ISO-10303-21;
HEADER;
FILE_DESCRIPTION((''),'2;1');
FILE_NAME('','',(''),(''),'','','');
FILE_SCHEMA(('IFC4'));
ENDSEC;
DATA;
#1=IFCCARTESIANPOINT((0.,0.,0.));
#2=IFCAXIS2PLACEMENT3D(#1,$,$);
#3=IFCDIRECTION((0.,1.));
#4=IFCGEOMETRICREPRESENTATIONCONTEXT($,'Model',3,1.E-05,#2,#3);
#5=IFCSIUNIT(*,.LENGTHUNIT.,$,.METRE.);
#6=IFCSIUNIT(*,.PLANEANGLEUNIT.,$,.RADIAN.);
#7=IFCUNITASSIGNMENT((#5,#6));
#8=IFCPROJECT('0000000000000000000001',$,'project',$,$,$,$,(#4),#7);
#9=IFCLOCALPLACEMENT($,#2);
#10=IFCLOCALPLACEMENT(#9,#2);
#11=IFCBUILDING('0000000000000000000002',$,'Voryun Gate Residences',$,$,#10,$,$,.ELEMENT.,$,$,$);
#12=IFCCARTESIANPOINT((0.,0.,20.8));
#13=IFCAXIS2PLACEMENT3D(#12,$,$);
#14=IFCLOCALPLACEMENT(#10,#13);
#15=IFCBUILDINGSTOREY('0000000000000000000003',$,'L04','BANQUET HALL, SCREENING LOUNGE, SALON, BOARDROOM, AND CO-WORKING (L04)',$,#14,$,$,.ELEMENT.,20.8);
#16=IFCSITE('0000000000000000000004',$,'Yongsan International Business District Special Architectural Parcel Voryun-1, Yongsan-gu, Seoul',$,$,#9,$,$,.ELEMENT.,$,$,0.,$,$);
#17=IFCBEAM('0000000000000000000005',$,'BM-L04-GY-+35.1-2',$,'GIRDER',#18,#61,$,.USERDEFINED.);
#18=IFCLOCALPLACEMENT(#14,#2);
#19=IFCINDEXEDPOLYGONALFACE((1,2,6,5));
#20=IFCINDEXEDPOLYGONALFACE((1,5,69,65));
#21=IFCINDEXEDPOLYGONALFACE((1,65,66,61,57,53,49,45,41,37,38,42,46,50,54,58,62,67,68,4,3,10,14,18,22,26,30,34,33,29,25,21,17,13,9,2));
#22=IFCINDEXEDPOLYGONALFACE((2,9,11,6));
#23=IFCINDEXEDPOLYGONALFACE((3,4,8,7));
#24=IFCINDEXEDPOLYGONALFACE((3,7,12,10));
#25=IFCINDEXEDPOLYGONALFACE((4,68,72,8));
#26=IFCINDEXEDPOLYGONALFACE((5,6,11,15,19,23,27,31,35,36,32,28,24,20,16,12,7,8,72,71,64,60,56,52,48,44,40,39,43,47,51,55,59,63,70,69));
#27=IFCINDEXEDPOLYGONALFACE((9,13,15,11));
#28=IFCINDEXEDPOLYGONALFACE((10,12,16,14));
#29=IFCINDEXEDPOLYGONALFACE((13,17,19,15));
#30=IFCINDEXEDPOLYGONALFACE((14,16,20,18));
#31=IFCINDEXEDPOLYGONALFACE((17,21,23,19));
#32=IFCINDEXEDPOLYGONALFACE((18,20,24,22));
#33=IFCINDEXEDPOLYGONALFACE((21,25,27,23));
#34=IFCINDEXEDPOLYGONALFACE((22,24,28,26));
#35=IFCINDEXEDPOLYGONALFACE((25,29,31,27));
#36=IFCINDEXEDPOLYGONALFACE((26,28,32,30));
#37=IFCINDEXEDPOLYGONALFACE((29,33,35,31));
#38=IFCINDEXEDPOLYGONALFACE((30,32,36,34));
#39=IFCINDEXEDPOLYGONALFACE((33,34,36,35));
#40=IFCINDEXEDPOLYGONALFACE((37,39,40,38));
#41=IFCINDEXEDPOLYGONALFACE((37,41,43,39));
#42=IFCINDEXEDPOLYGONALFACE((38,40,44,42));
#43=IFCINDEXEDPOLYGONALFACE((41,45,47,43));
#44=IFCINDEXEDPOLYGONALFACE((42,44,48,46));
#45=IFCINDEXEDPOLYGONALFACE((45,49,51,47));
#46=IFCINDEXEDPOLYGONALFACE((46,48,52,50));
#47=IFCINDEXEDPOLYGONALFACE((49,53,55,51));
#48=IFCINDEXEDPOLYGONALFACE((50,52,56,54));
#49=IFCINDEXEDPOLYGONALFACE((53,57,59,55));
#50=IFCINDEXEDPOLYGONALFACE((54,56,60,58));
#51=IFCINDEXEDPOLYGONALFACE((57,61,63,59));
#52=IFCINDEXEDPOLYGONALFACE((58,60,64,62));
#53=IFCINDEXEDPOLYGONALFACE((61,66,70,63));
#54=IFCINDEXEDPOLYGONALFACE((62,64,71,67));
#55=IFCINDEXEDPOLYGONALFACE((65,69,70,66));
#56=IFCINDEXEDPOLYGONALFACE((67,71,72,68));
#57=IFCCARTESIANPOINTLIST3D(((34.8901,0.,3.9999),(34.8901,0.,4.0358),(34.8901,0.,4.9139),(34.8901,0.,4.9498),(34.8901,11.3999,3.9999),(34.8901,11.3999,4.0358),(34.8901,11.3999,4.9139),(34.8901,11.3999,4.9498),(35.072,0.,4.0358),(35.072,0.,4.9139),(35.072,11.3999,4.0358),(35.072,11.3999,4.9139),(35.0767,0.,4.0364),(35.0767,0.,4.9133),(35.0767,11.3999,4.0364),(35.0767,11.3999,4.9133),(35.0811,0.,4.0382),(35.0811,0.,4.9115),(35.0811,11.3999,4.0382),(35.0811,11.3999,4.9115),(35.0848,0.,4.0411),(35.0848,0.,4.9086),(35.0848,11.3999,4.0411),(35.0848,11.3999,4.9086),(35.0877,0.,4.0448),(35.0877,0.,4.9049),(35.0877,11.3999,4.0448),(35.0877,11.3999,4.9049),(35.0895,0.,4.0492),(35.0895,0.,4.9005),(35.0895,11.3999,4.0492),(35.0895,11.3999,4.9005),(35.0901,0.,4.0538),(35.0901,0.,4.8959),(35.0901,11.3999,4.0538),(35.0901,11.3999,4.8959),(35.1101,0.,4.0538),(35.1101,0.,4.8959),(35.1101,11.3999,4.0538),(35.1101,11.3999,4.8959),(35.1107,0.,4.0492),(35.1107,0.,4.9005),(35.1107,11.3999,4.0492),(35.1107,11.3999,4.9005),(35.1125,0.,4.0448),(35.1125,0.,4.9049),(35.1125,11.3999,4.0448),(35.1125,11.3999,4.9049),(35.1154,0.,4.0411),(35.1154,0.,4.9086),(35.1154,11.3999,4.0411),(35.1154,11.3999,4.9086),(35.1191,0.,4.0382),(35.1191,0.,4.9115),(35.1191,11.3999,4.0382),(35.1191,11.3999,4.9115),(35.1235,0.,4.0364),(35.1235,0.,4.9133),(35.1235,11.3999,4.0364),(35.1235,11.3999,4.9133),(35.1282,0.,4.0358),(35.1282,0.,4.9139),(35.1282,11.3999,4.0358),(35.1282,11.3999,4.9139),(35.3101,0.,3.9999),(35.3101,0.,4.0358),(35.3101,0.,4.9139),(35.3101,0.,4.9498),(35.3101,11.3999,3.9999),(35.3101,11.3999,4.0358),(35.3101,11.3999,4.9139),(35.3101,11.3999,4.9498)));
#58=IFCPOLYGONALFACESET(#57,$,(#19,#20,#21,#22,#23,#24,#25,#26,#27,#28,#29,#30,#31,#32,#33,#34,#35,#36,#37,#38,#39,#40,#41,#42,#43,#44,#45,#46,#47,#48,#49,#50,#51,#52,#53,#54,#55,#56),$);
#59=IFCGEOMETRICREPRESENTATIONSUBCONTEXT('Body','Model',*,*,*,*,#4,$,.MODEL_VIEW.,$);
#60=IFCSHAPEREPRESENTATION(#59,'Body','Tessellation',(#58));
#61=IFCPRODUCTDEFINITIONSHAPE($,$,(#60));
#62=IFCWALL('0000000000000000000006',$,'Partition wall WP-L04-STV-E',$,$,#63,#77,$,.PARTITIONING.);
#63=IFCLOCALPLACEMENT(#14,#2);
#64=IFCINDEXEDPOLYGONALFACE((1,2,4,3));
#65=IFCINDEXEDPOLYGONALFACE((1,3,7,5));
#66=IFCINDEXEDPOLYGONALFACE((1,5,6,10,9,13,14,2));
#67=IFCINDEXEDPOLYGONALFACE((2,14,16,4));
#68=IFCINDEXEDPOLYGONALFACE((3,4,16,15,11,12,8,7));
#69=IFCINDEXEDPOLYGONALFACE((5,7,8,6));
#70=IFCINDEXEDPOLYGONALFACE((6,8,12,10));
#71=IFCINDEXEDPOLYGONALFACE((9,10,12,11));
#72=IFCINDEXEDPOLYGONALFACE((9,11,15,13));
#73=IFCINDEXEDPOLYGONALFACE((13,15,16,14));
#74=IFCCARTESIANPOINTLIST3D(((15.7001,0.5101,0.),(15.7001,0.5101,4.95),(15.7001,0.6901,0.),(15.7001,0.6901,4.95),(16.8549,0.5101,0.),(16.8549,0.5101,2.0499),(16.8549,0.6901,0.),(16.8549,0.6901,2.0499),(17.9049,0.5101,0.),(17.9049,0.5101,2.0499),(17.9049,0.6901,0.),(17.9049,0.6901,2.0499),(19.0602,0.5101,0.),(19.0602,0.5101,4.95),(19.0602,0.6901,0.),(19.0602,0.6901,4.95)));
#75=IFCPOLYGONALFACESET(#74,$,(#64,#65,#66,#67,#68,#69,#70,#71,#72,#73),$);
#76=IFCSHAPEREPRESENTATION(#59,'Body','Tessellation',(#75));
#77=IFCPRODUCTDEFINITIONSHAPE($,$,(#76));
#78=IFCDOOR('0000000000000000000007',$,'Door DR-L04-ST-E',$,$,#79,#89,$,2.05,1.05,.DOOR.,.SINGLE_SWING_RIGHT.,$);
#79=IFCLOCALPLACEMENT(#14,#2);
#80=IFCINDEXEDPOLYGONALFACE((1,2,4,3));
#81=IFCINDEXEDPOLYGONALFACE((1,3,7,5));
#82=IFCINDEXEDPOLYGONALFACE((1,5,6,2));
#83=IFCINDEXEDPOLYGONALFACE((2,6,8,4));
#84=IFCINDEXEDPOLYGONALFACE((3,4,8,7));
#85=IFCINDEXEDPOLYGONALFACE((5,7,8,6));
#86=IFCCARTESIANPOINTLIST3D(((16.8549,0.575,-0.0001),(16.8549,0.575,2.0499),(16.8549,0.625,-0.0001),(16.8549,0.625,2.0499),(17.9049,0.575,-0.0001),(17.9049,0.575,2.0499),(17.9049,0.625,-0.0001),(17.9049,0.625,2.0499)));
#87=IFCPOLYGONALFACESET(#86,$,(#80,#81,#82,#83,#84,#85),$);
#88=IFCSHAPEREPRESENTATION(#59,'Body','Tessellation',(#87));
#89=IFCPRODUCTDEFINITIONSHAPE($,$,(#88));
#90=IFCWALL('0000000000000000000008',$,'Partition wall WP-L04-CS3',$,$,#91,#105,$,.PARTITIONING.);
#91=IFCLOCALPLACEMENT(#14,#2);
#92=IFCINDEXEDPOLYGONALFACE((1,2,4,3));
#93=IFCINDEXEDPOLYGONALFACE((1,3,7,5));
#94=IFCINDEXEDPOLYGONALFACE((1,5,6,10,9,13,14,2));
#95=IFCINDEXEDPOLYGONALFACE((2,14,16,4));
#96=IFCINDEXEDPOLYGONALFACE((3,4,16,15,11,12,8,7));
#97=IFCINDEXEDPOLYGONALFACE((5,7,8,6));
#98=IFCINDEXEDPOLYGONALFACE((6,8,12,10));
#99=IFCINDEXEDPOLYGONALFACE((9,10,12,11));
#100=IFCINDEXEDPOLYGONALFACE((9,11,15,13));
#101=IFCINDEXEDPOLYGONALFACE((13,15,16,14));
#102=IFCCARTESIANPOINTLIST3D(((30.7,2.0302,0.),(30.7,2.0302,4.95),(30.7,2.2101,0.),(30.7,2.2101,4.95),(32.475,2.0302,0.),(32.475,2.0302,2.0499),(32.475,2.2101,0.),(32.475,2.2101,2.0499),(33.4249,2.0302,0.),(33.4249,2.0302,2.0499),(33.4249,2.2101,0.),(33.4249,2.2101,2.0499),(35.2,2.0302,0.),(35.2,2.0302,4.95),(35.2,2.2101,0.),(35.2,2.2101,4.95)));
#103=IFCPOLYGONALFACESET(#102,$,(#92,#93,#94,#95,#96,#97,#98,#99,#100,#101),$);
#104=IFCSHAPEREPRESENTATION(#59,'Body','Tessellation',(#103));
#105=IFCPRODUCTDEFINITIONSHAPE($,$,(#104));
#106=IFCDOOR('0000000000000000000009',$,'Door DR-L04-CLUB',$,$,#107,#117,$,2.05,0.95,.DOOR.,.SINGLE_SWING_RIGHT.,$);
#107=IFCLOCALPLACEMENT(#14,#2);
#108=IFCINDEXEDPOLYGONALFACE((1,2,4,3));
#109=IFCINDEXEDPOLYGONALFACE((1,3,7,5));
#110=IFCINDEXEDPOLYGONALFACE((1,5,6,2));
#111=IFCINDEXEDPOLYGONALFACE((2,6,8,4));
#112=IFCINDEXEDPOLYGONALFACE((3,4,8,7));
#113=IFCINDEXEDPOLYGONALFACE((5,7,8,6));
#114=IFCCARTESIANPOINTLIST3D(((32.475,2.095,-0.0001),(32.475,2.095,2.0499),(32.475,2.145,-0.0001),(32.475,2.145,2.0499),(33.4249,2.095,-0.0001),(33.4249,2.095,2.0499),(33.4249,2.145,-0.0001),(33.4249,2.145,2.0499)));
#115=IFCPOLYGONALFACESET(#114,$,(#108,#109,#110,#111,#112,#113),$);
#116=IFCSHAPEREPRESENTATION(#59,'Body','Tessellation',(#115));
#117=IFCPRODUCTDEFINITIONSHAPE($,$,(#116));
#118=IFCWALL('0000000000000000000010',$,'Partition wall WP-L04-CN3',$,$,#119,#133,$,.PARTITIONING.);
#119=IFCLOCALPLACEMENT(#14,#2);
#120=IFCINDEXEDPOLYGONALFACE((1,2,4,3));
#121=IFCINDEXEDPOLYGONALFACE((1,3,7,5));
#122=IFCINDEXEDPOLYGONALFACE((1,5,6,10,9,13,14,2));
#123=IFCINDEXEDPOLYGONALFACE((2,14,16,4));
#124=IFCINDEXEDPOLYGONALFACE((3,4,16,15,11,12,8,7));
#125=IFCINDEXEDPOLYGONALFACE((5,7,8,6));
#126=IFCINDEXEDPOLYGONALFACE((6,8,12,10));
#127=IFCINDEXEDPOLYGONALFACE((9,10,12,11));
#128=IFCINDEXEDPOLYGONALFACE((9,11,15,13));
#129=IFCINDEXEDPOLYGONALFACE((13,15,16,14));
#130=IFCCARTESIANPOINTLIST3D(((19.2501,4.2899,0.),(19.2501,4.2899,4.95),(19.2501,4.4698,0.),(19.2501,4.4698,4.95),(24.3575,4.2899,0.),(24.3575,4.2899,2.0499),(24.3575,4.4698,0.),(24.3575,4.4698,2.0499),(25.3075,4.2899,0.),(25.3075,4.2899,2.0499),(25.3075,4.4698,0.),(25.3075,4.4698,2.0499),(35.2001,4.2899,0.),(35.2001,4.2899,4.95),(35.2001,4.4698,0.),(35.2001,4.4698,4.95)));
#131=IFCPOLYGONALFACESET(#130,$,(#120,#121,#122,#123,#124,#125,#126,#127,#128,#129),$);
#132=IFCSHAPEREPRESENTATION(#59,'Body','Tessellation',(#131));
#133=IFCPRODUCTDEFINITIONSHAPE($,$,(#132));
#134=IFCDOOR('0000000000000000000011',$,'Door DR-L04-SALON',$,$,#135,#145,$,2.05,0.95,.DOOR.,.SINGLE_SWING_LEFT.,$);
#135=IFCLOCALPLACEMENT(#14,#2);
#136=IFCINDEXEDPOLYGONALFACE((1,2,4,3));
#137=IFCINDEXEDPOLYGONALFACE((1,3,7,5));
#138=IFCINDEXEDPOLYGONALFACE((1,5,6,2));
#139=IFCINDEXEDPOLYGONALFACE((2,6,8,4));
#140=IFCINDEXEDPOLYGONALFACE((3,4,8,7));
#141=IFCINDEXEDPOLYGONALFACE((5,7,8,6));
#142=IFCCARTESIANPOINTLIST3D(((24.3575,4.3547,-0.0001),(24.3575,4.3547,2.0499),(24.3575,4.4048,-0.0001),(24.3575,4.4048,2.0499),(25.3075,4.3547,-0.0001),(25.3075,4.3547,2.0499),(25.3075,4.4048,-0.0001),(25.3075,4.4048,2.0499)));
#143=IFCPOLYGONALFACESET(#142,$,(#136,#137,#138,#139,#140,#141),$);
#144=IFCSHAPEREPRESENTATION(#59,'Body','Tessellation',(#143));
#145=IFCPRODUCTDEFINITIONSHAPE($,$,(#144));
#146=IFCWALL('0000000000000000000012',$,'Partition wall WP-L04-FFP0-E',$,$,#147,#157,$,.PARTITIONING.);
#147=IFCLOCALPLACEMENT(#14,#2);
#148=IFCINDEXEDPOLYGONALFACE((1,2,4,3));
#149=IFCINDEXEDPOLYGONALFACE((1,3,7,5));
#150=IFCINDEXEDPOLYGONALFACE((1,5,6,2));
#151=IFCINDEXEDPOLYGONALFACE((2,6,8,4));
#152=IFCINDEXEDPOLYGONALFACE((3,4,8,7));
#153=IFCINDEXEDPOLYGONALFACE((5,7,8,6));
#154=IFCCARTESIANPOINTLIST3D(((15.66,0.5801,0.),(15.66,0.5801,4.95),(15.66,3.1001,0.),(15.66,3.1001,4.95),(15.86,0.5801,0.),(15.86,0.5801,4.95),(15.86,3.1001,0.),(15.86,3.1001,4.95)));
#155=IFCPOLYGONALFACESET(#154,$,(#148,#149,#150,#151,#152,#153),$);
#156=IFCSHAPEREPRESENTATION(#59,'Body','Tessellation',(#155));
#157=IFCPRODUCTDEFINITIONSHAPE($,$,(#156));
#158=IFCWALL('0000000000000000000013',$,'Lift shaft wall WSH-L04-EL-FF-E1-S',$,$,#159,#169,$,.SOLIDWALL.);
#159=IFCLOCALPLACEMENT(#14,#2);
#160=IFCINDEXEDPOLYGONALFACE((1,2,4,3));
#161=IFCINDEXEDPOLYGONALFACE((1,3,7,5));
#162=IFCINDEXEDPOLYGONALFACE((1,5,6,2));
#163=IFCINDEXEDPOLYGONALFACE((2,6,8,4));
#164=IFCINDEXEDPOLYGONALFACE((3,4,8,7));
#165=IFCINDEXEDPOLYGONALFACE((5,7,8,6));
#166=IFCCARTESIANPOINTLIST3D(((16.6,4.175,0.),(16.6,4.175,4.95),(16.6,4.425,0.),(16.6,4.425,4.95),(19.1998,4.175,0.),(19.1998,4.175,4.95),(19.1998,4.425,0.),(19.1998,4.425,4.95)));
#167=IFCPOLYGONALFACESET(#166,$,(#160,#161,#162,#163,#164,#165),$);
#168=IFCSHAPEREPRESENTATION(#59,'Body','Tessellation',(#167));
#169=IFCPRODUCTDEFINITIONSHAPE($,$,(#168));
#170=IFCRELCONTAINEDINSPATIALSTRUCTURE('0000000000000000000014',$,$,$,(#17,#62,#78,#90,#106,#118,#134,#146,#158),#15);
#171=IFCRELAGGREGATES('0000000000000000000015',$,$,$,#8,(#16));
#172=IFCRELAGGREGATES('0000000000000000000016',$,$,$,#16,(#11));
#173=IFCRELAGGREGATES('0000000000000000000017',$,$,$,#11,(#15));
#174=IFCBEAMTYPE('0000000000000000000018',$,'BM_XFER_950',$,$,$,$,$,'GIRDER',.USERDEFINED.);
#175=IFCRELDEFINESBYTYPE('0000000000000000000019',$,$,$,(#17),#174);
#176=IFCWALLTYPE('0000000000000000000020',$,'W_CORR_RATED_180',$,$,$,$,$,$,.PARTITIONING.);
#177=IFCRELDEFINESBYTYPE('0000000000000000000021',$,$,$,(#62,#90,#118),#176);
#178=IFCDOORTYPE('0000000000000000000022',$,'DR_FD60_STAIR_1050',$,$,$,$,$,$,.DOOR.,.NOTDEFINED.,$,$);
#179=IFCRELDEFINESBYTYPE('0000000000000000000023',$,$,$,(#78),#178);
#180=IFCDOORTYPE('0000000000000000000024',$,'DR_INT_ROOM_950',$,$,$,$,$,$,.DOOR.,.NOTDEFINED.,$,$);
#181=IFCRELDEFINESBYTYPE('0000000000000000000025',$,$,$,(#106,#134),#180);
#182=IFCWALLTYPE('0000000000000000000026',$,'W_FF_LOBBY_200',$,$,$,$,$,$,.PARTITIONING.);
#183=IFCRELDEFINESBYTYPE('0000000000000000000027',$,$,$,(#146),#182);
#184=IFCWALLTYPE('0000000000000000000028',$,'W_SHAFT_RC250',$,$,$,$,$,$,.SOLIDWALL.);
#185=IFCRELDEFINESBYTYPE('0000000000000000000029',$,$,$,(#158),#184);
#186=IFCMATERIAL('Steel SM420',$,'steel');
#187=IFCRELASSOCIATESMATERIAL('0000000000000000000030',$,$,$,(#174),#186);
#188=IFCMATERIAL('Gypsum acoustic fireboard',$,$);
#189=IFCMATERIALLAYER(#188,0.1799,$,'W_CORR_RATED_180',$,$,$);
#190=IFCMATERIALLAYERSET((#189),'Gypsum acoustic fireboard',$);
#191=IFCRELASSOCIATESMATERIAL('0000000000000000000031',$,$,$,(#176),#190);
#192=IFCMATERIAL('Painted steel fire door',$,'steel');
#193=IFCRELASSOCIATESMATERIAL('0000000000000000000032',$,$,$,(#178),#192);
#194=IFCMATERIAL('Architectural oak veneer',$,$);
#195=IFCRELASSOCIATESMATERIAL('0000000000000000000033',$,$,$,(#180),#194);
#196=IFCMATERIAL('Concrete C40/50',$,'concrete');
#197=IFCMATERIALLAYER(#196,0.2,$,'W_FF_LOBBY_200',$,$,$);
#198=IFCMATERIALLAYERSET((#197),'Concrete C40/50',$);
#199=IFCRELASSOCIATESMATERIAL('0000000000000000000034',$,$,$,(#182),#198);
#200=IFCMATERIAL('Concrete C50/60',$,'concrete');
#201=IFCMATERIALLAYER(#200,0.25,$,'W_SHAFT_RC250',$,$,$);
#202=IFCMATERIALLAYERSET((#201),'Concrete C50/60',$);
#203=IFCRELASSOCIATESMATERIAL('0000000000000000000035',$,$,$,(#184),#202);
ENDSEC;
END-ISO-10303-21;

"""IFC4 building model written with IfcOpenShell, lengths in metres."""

from ifc_helpers import new_model, si_unit, direction, frame, frame_2d, origin, origin_2d, place, context, subcontext, project, spatial, rectangle, i_section, extrude, material, layer, layer_set, material_profile, profile_set, type_object, element, fill, save


model = new_model("IFC4")

# Units and contexts
model_context = context("Model", 3, precision=1e-05, world=origin(), true_north=direction((0.0, 1.0)))
body_context = subcontext(model_context, "Body", "Model", "MODEL_VIEW")
ifc_project = project(units=[si_unit("LENGTHUNIT", "METRE"), si_unit("PLANEANGLEUNIT", "RADIAN")], contexts=[model_context])

# Site, building, storey
site_placement = place(None, origin())
site = spatial("IfcSite", under=ifc_project, at=site_placement, Name="Yongsan International Business District Special Architectural Parcel Voryun-1, Yongsan-gu, Seoul", CompositionType="ELEMENT", RefElevation=0.0)
building_placement = place(site_placement, origin())
building = spatial("IfcBuilding", under=site, at=building_placement, Name="Voryun Gate Residences", CompositionType="ELEMENT")
storey_placement = place(building_placement, frame((0.0, 0.0, 20.8)))
storey = spatial("IfcBuildingStorey", under=building, at=storey_placement, Name="L04", Description="BANQUET HALL, SCREENING LOUNGE, SALON, BOARDROOM, AND CO-WORKING (L04)", CompositionType="ELEMENT", Elevation=20.8)

# Beam
ifc_material_1 = material(Name="Steel SM420", Category="steel")
ifc_material_profile_1 = material_profile(ifc_material_1, i_section(OverallWidth=0.4199, OverallDepth=0.95, WebThickness=0.02, FlangeThickness=0.0359, FilletRadius=0.0181, at=origin_2d()), Name="H-950x420x20x36")
ifc_profile_set_1 = profile_set([ifc_material_profile_1], Name="Steel SM420")
beam_type = type_object("IfcBeamType", Name="BM_XFER_950", ElementType="GIRDER", PredefinedType="USERDEFINED", material=ifc_profile_set_1)
beam_1_placement = place(storey_placement, frame((35.1001, 0.0, 4.4749), z_axis=(0.0, 1.0, 0.0), x_axis=(-1.0, 0.0, 0.0)))
element("IfcBeam", 1, at=beam_1_placement, inside=storey, type_object=beam_type, Name="BM-L04-GY-+35.1-2", ObjectType="GIRDER", PredefinedType="USERDEFINED", context=body_context, shape_type="SweptSolid", body=[
    extrude(i_section(OverallWidth=0.4199, OverallDepth=0.95, WebThickness=0.02, FlangeThickness=0.0359, FilletRadius=0.0181, at=origin_2d()), origin(), (0.0, 0.0, 1.0), 11.3999),
])

# Walls, openings, doors
ifc_material_2 = material(Name="Gypsum acoustic fireboard")
ifc_layer_1 = layer(ifc_material_2, 0.1799, Name="W_CORR_RATED_180")
ifc_layer_set_1 = layer_set([ifc_layer_1], Name="Gypsum acoustic fireboard")
wall_type_1 = type_object("IfcWallType", Name="W_CORR_RATED_180", PredefinedType="PARTITIONING", material=ifc_layer_set_1)
wall_1_placement = place(storey_placement, frame((15.7, 0.6001, 0.0), z_axis=(0.0, 0.0, 1.0), x_axis=(1.0, 0.0, 0.0)))
wall_1 = element("IfcWall", 2, at=wall_1_placement, inside=storey, type_object=wall_type_1, Name="Partition wall WP-L04-STV-E", PredefinedType="PARTITIONING", context=body_context, shape_type="SweptSolid", body=[
    extrude(rectangle(XDim=3.3601, YDim=0.1799, at=frame_2d((1.6802, 0.0))), origin(), (0.0, 0.0, 1.0), 4.95),
])
opening_1_placement = place(wall_1_placement, frame((1.155, 0.0, 0.0)))
opening_1 = element("IfcOpeningElement", 3, at=opening_1_placement, cuts=wall_1, PredefinedType="OPENING", context=body_context, shape_type="SweptSolid", body=[
    extrude(rectangle(XDim=1.05, YDim=2.05, at=frame_2d((0.5249, 1.0249))), frame((0.0, 0.0999, 0.0), z_axis=(0.0, -1.0, 0.0), x_axis=(1.0, 0.0, 0.0)), (0.0, 0.0, 1.0), 0.2),
])
ifc_material_3 = material(Name="Painted steel fire door", Category="steel")
door_type_1 = type_object("IfcDoorType", Name="DR_FD60_STAIR_1050", OperationType="NOTDEFINED", PredefinedType="DOOR", material=ifc_material_3)
door_1_placement = place(opening_1_placement, origin())
door_1 = element("IfcDoor", 4, at=door_1_placement, inside=storey, type_object=door_type_1, Name="Door DR-L04-ST-E", OperationType="SINGLE_SWING_RIGHT", OverallHeight=2.05, OverallWidth=1.05, PredefinedType="DOOR", context=body_context, shape_type="SweptSolid", body=[
    extrude(rectangle(XDim=1.05, YDim=2.05, at=frame_2d((0.5249, 1.0249))), frame((0.0, 0.0249, 0.0), z_axis=(0.0, -1.0, 0.0), x_axis=(1.0, 0.0, 0.0)), (0.0, 0.0, 1.0), 0.05),
])
fill(opening_1, door_1)
wall_2_placement = place(storey_placement, frame((30.7, 2.1201, 0.0), z_axis=(0.0, 0.0, 1.0), x_axis=(1.0, 0.0, 0.0)))
wall_2 = element("IfcWall", 5, at=wall_2_placement, inside=storey, type_object=wall_type_1, Name="Partition wall WP-L04-CS3", PredefinedType="PARTITIONING", context=body_context, shape_type="SweptSolid", body=[
    extrude(rectangle(XDim=4.5, YDim=0.1799, at=frame_2d((2.25, 0.0))), origin(), (0.0, 0.0, 1.0), 4.95),
])
opening_2_placement = place(wall_2_placement, frame((1.7749, 0.0, 0.0)))
opening_2 = element("IfcOpeningElement", 6, at=opening_2_placement, cuts=wall_2, PredefinedType="OPENING", context=body_context, shape_type="SweptSolid", body=[
    extrude(rectangle(XDim=0.95, YDim=2.05, at=frame_2d((0.4751, 1.0249))), frame((0.0, 0.0999, 0.0), z_axis=(0.0, -1.0, 0.0), x_axis=(1.0, 0.0, 0.0)), (0.0, 0.0, 1.0), 0.2),
])
ifc_material_4 = material(Name="Architectural oak veneer")
door_type_2 = type_object("IfcDoorType", Name="DR_INT_ROOM_950", OperationType="NOTDEFINED", PredefinedType="DOOR", material=ifc_material_4)
door_2_placement = place(opening_2_placement, origin())
door_2 = element("IfcDoor", 7, at=door_2_placement, inside=storey, type_object=door_type_2, Name="Door DR-L04-CLUB", OperationType="SINGLE_SWING_RIGHT", OverallHeight=2.05, OverallWidth=0.95, PredefinedType="DOOR", context=body_context, shape_type="SweptSolid", body=[
    extrude(rectangle(XDim=0.95, YDim=2.05, at=frame_2d((0.4751, 1.0249))), frame((0.0, 0.0249, 0.0), z_axis=(0.0, -1.0, 0.0), x_axis=(1.0, 0.0, 0.0)), (0.0, 0.0, 1.0), 0.05),
])
fill(opening_2, door_2)
wall_3_placement = place(storey_placement, frame((19.25, 4.3799, 0.0), z_axis=(0.0, 0.0, 1.0), x_axis=(1.0, 0.0, 0.0)))
wall_3 = element("IfcWall", 8, at=wall_3_placement, inside=storey, type_object=wall_type_1, Name="Partition wall WP-L04-CN3", PredefinedType="PARTITIONING", context=body_context, shape_type="SweptSolid", body=[
    extrude(rectangle(XDim=15.95, YDim=0.1799, at=frame_2d((7.9751, 0.0))), origin(), (0.0, 0.0, 1.0), 4.95),
])
opening_3_placement = place(wall_3_placement, frame((5.1074, 0.0, 0.0)))
opening_3 = element("IfcOpeningElement", 9, at=opening_3_placement, cuts=wall_3, PredefinedType="OPENING", context=body_context, shape_type="SweptSolid", body=[
    extrude(rectangle(XDim=0.95, YDim=2.05, at=frame_2d((0.4751, 1.0249))), frame((0.0, 0.0999, 0.0), z_axis=(0.0, -1.0, 0.0), x_axis=(1.0, 0.0, 0.0)), (0.0, 0.0, 1.0), 0.2),
])
door_3_placement = place(opening_3_placement, origin())
door_3 = element("IfcDoor", 10, at=door_3_placement, inside=storey, type_object=door_type_2, Name="Door DR-L04-SALON", OperationType="SINGLE_SWING_LEFT", OverallHeight=2.05, OverallWidth=0.95, PredefinedType="DOOR", context=body_context, shape_type="SweptSolid", body=[
    extrude(rectangle(XDim=0.95, YDim=2.05, at=frame_2d((0.4751, 1.0249))), frame((0.0, 0.0249, 0.0), z_axis=(0.0, -1.0, 0.0), x_axis=(1.0, 0.0, 0.0)), (0.0, 0.0, 1.0), 0.05),
])
fill(opening_3, door_3)

# Walls
ifc_material_5 = material(Name="Concrete C40/50", Category="concrete")
ifc_layer_2 = layer(ifc_material_5, 0.2, Name="W_FF_LOBBY_200")
ifc_layer_set_2 = layer_set([ifc_layer_2], Name="Concrete C40/50")
wall_type_2 = type_object("IfcWallType", Name="W_FF_LOBBY_200", PredefinedType="PARTITIONING", material=ifc_layer_set_2)
wall_4_placement = place(storey_placement, frame((15.76, 0.5801, 0.0), z_axis=(0.0, 0.0, 1.0), x_axis=(0.0, 1.0, 0.0)))
element("IfcWall", 11, at=wall_4_placement, inside=storey, type_object=wall_type_2, Name="Partition wall WP-L04-FFP0-E", PredefinedType="PARTITIONING", context=body_context, shape_type="SweptSolid", body=[
    extrude(rectangle(XDim=2.52, YDim=0.2, at=frame_2d((1.26, 0.0))), origin(), (0.0, 0.0, 1.0), 4.95),
])
ifc_material_6 = material(Name="Concrete C50/60", Category="concrete")
ifc_layer_3 = layer(ifc_material_6, 0.25, Name="W_SHAFT_RC250")
ifc_layer_set_3 = layer_set([ifc_layer_3], Name="Concrete C50/60")
wall_type_3 = type_object("IfcWallType", Name="W_SHAFT_RC250", PredefinedType="SOLIDWALL", material=ifc_layer_set_3)
wall_5_placement = place(storey_placement, frame((16.6001, 4.3, 0.0), z_axis=(0.0, 0.0, 1.0), x_axis=(1.0, 0.0, 0.0)))
element("IfcWall", 12, at=wall_5_placement, inside=storey, type_object=wall_type_3, Name="Lift shaft wall WSH-L04-EL-FF-E1-S", PredefinedType="SOLIDWALL", context=body_context, shape_type="SweptSolid", body=[
    extrude(rectangle(XDim=2.5999, YDim=0.25, at=frame_2d((1.2998, 0.0))), origin(), (0.0, 0.0, 1.0), 4.95),
])

save(model, "model.ifc")
